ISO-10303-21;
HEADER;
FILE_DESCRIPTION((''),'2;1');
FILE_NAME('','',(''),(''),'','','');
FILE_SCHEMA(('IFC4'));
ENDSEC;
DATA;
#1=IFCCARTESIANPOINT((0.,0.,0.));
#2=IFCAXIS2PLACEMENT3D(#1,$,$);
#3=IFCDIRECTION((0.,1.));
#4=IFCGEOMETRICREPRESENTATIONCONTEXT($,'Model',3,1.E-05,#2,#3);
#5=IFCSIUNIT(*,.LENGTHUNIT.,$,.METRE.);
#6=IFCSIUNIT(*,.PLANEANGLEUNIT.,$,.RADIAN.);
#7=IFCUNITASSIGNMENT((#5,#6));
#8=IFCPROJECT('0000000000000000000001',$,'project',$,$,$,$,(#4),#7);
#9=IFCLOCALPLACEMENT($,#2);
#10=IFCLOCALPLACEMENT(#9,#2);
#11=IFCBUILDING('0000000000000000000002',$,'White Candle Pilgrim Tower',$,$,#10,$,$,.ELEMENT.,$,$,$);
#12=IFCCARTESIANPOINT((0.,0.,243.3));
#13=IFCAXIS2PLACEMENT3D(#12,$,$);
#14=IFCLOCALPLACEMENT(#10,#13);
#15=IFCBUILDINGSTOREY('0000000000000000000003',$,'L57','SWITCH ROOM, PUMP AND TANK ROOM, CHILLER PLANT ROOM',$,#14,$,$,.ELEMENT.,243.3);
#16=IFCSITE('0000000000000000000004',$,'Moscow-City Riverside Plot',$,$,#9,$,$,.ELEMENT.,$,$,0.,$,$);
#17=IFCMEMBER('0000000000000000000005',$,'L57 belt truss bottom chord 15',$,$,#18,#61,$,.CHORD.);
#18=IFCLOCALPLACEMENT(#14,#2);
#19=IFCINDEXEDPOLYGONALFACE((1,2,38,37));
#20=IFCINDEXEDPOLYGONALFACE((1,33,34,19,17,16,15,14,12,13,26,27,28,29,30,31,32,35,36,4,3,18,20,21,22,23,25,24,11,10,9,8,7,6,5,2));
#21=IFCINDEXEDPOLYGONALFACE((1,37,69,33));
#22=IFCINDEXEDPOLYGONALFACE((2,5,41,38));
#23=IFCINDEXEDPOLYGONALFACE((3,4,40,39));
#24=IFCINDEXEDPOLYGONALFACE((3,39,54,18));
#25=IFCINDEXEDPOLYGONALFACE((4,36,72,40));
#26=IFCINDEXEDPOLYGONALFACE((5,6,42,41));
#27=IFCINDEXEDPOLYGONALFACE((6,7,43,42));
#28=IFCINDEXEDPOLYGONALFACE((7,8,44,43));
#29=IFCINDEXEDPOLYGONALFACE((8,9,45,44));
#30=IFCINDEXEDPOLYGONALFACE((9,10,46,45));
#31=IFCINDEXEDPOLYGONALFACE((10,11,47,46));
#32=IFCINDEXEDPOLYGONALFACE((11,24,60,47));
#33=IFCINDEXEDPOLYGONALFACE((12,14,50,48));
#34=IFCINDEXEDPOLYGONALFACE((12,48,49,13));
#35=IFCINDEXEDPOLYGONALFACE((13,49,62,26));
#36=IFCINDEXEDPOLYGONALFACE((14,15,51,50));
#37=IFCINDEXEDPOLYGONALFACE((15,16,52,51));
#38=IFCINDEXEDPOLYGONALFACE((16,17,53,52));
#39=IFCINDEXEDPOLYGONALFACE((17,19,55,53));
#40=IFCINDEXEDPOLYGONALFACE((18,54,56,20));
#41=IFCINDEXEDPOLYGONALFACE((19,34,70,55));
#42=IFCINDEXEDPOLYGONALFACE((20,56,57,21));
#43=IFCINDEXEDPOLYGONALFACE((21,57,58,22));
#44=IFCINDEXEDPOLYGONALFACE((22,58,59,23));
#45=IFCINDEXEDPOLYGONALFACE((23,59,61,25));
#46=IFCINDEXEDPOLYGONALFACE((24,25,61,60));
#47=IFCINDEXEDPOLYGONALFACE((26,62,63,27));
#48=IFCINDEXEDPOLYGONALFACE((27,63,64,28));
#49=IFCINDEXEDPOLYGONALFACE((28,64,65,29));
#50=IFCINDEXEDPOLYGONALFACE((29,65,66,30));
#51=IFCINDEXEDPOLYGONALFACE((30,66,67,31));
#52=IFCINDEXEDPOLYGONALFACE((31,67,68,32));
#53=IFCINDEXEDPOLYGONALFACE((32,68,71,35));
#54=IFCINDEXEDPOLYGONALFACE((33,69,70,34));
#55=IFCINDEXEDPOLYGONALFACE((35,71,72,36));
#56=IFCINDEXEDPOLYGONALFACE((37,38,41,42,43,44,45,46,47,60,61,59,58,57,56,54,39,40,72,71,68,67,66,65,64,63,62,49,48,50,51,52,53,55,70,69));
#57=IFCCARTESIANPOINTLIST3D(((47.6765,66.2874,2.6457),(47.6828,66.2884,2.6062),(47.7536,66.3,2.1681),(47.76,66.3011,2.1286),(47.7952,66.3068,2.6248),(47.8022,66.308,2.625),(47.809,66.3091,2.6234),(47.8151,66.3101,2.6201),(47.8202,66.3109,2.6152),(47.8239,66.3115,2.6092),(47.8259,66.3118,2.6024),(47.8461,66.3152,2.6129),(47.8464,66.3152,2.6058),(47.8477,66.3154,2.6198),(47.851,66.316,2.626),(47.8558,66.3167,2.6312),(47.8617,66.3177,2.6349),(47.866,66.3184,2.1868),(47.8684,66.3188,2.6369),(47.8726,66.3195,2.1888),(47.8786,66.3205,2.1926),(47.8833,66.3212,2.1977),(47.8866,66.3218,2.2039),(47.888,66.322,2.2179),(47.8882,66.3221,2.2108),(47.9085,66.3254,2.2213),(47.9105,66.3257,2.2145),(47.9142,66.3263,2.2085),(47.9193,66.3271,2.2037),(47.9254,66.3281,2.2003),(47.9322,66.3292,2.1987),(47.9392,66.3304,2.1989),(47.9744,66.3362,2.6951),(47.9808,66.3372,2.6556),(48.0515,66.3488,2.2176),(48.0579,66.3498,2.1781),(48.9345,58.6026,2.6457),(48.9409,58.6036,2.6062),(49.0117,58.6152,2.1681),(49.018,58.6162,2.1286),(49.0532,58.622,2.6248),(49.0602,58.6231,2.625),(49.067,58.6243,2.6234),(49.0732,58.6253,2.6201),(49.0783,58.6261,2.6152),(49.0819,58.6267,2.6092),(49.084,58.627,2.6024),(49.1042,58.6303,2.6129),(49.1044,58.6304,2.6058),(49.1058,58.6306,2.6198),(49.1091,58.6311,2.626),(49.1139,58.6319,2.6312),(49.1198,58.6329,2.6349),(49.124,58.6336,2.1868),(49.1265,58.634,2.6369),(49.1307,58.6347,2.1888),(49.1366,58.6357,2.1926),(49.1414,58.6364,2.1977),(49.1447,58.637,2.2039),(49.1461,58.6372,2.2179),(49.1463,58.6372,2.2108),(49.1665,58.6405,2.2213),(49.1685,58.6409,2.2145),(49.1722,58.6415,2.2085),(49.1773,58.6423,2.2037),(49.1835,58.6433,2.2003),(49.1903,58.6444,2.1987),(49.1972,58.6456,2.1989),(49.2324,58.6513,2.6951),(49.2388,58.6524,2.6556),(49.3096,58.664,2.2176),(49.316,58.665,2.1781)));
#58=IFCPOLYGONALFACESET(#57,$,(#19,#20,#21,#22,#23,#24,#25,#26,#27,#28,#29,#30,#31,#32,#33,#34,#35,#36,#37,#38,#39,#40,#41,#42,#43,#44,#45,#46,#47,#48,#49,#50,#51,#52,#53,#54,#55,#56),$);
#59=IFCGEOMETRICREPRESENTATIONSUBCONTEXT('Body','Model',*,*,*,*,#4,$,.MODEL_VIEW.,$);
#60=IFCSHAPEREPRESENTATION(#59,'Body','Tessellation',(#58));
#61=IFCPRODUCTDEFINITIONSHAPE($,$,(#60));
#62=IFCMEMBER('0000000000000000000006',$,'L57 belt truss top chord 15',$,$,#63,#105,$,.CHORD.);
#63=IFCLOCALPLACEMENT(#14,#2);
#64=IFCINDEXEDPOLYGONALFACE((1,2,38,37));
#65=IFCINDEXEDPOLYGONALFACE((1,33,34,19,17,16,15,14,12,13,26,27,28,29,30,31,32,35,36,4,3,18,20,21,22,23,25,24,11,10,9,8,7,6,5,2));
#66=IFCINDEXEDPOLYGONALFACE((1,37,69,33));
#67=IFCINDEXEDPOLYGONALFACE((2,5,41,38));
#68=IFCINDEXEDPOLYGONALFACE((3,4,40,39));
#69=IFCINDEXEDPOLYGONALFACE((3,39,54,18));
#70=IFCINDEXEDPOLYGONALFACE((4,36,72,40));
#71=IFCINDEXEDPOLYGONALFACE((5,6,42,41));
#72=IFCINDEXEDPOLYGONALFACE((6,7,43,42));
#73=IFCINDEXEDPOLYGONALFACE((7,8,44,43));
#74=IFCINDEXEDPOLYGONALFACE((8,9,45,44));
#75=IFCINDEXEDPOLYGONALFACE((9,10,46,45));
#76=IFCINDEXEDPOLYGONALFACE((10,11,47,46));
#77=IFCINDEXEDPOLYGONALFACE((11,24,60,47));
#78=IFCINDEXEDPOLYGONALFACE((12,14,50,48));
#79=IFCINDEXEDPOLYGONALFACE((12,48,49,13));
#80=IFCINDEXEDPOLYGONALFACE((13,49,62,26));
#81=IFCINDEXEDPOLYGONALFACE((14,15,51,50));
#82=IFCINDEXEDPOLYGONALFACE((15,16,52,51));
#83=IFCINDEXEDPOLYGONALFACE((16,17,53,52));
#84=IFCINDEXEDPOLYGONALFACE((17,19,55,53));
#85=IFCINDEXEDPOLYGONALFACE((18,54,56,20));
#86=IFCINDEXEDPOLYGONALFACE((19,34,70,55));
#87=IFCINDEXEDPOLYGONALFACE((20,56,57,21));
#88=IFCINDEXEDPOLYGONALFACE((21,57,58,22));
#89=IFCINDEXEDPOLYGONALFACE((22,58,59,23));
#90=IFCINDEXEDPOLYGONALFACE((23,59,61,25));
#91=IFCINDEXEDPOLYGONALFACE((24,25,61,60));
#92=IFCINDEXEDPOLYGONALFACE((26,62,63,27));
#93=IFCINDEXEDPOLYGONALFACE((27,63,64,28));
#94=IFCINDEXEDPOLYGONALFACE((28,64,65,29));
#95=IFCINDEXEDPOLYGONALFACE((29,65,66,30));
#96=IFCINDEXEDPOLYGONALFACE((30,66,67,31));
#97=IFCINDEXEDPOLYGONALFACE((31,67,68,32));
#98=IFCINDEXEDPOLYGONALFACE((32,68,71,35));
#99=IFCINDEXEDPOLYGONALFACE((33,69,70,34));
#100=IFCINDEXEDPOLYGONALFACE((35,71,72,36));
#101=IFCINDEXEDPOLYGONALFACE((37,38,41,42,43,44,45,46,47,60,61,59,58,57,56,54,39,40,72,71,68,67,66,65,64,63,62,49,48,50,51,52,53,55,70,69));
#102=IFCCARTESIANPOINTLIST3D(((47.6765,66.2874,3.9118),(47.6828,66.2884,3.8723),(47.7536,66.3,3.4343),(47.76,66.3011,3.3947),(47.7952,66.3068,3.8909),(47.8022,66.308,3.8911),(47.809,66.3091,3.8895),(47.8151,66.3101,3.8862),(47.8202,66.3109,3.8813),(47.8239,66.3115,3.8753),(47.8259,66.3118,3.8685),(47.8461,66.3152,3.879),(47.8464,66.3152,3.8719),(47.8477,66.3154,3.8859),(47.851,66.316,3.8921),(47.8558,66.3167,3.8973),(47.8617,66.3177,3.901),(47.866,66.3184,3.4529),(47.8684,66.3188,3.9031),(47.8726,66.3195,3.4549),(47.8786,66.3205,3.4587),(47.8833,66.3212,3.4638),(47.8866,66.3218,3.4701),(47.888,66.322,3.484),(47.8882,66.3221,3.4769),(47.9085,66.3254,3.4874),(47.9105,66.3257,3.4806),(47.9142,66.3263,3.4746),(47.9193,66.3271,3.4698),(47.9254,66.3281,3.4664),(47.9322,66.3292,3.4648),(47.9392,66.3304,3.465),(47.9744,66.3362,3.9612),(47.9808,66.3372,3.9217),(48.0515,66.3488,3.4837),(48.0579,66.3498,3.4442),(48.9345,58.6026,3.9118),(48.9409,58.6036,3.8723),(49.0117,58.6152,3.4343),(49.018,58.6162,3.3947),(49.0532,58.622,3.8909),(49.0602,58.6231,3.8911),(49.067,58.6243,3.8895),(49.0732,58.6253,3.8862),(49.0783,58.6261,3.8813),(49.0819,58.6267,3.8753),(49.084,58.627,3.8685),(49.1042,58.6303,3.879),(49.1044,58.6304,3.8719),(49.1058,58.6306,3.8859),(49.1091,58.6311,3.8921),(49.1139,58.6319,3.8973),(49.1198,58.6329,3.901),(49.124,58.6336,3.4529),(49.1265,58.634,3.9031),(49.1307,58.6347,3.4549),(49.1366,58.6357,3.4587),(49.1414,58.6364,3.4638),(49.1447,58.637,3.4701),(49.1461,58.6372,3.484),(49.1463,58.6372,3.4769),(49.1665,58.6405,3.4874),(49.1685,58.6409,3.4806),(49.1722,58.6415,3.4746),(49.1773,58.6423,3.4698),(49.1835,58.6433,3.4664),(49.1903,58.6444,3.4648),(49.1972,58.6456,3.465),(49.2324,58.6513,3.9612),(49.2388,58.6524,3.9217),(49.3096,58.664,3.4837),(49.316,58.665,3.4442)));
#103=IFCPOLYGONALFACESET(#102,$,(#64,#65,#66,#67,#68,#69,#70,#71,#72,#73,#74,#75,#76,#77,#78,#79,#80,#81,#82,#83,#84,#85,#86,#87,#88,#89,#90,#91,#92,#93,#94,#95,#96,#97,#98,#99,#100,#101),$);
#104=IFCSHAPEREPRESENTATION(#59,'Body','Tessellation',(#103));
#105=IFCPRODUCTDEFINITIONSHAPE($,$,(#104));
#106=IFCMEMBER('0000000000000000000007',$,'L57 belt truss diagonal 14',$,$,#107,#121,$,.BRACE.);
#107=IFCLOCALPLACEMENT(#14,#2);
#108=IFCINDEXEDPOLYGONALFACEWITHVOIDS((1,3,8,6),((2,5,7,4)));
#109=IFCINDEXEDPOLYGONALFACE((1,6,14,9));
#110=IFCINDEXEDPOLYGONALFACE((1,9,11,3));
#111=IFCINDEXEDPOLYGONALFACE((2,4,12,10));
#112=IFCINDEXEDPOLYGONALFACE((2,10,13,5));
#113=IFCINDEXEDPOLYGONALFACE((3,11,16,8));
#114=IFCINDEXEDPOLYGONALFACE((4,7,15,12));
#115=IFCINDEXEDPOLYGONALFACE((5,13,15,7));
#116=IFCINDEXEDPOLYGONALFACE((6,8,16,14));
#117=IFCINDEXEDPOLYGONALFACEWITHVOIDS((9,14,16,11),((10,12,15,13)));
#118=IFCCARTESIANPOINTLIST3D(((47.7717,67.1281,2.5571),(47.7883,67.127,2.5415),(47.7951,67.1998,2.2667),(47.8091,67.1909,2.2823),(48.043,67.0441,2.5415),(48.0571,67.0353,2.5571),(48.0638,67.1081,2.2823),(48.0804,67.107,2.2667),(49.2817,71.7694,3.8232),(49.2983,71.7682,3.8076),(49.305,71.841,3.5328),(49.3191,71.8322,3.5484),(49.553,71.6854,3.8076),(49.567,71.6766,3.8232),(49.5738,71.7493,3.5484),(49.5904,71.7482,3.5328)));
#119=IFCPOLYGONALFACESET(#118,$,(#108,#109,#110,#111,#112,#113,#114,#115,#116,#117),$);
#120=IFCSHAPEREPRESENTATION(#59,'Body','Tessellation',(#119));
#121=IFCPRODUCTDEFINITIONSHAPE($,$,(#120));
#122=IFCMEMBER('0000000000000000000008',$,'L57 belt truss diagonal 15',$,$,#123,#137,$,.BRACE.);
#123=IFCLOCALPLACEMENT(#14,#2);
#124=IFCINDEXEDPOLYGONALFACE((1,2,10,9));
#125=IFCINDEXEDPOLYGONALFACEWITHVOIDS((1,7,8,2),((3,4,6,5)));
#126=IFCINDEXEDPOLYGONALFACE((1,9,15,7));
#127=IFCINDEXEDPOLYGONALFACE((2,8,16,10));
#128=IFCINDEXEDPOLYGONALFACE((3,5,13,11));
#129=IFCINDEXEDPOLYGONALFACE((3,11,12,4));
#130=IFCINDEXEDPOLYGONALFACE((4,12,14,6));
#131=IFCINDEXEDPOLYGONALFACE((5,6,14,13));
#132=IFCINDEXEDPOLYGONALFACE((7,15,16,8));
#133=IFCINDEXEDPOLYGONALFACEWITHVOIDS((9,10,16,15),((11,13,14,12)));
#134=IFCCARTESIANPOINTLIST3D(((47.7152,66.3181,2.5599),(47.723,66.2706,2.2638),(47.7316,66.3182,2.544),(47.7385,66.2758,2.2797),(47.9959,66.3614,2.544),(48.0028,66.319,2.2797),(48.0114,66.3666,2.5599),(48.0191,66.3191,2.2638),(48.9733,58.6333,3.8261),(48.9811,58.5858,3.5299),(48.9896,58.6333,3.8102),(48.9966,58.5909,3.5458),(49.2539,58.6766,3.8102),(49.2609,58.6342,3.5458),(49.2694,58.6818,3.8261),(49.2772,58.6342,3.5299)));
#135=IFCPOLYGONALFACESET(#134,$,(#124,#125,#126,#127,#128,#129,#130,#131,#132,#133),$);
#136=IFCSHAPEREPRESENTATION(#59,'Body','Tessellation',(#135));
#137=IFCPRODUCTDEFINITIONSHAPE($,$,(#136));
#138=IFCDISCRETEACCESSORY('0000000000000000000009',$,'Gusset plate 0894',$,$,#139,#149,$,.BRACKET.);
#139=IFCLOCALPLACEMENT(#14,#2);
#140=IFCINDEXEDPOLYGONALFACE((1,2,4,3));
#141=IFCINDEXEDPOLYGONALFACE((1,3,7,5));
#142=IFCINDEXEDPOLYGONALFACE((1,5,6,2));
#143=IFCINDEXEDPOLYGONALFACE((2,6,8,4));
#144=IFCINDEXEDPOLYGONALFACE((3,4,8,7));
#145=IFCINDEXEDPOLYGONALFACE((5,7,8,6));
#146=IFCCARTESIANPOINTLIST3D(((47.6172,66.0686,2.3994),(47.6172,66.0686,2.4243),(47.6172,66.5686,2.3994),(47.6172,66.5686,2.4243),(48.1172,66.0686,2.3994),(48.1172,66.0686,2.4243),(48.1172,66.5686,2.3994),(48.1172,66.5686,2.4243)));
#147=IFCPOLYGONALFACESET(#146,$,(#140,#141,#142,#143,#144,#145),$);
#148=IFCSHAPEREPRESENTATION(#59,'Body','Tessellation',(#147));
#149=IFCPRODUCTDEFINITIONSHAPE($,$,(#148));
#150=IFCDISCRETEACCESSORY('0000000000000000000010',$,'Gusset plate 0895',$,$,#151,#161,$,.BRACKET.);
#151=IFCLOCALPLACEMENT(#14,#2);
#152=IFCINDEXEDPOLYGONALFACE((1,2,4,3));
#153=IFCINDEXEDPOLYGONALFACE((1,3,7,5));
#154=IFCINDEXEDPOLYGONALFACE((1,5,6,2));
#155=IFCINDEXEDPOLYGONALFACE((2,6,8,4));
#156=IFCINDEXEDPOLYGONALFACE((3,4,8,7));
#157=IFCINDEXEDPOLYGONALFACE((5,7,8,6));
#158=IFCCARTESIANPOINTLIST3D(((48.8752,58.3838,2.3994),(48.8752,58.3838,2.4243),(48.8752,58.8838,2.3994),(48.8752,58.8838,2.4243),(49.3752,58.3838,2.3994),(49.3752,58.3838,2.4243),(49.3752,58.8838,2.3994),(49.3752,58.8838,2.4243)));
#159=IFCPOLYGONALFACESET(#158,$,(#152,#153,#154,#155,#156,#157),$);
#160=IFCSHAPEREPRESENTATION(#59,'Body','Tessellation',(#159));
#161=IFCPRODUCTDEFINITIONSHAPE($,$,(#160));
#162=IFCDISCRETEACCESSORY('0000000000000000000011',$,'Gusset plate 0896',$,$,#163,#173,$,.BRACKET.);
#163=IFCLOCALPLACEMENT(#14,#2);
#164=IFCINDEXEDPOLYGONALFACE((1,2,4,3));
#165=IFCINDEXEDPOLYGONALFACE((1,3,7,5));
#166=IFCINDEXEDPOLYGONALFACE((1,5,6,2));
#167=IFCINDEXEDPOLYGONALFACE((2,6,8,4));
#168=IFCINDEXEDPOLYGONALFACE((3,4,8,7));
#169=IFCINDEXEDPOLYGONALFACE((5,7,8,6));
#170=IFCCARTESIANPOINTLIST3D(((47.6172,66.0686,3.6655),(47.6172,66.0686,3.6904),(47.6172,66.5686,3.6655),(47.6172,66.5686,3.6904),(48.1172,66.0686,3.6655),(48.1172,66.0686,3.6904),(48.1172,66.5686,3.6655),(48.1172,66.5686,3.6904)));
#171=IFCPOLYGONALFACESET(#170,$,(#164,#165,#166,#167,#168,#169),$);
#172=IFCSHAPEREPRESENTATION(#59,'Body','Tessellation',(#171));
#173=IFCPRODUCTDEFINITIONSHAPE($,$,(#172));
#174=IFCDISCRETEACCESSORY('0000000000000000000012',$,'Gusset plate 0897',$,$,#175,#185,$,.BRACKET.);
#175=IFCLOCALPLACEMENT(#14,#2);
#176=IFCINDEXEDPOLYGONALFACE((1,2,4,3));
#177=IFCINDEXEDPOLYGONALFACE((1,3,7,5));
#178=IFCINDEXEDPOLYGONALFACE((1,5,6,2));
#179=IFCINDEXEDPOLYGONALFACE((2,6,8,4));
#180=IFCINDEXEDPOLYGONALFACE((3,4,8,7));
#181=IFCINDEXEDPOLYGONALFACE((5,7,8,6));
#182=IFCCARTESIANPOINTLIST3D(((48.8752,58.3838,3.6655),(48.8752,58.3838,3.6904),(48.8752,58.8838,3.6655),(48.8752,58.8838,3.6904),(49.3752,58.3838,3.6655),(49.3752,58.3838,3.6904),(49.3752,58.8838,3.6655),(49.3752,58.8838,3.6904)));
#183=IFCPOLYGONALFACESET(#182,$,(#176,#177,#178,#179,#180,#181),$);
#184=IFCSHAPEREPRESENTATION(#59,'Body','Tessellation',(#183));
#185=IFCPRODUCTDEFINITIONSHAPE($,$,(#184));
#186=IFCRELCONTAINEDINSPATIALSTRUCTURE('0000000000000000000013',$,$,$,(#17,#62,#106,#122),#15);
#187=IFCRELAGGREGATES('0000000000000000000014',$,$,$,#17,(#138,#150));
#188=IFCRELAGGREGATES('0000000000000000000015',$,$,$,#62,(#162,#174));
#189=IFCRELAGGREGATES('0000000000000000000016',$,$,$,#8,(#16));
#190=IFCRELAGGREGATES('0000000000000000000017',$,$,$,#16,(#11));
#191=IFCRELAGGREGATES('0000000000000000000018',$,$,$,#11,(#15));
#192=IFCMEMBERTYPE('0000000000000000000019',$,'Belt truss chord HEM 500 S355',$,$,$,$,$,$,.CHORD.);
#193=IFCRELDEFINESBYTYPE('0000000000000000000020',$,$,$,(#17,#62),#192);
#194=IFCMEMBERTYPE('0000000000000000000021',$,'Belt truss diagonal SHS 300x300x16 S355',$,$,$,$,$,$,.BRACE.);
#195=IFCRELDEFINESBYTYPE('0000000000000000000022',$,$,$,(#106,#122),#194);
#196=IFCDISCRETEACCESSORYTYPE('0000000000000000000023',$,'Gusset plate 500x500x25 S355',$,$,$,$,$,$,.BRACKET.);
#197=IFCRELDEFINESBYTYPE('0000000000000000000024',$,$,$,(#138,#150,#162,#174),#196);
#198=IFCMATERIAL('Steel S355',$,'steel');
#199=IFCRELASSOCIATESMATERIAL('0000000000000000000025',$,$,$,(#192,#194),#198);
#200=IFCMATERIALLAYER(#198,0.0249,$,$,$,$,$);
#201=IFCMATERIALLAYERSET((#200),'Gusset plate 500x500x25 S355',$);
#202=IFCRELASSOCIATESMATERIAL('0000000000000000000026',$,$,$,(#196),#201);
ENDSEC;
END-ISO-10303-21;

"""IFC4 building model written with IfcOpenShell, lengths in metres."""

from ifc_helpers import new_model, si_unit, direction, frame, origin, origin_2d, place, context, subcontext, project, spatial, rectangle, hollow_rectangle, i_section, extrude, material, layer, layer_set, material_profile, profile_set, type_object, element, aggregate, save


model = new_model("IFC4")

# Units and contexts
model_context = context("Model", 3, precision=1e-05, world=origin(), true_north=direction((0.0, 1.0)))
body_context = subcontext(model_context, "Body", "Model", "MODEL_VIEW")
ifc_project = project(units=[si_unit("LENGTHUNIT", "METRE"), si_unit("PLANEANGLEUNIT", "RADIAN")], contexts=[model_context])

# Site, building, storey
site_placement = place(None, origin())
site = spatial("IfcSite", under=ifc_project, at=site_placement, Name="Moscow-City Riverside Plot", CompositionType="ELEMENT", RefElevation=0.0)
building_placement = place(site_placement, origin())
building = spatial("IfcBuilding", under=site, at=building_placement, Name="White Candle Pilgrim Tower", CompositionType="ELEMENT")
storey_placement = place(building_placement, frame((0.0, 0.0, 243.3)))
storey = spatial("IfcBuildingStorey", under=building, at=storey_placement, Name="L57", Description="SWITCH ROOM, PUMP AND TANK ROOM, CHILLER PLANT ROOM", CompositionType="ELEMENT", Elevation=243.3)

# Members
ifc_material_1 = material(Name="Steel S355", Category="steel")
ifc_material_profile_1 = material_profile(ifc_material_1, i_section(OverallWidth=0.3059, OverallDepth=0.5239, WebThickness=0.021, FlangeThickness=0.04, FilletRadius=0.0271, at=origin_2d()), Name="HEM 500")
ifc_profile_set_1 = profile_set([ifc_material_profile_1], Name="Steel S355")
member_type_1 = type_object("IfcMemberType", Name="Belt truss chord HEM 500 S355", PredefinedType="CHORD", material=ifc_profile_set_1)
member_1_placement = place(storey_placement, frame((47.8672, 66.3186, 2.4119), z_axis=(0.161556, -0.986863, 0.0), x_axis=(0.973901, 0.159434, 0.161545)))
member_1 = element("IfcMember", 1, at=member_1_placement, inside=storey, type_object=member_type_1, Name="L57 belt truss bottom chord 15", PredefinedType="CHORD", context=body_context, shape_type="SweptSolid", body=[
    extrude(i_section(OverallWidth=0.3059, OverallDepth=0.5239, WebThickness=0.021, FlangeThickness=0.04, FilletRadius=0.0271, at=origin_2d()), origin(), (0.0, 0.0, 1.0), 7.7871),
])
member_2_placement = place(storey_placement, frame((47.8672, 66.3186, 3.678), z_axis=(0.161556, -0.986863, 0.0), x_axis=(0.973901, 0.159434, 0.161545)))
member_2 = element("IfcMember", 2, at=member_2_placement, inside=storey, type_object=member_type_1, Name="L57 belt truss top chord 15", PredefinedType="CHORD", context=body_context, shape_type="SweptSolid", body=[
    extrude(i_section(OverallWidth=0.3059, OverallDepth=0.5239, WebThickness=0.021, FlangeThickness=0.04, FilletRadius=0.0271, at=origin_2d()), origin(), (0.0, 0.0, 1.0), 7.7871),
])

# Members
ifc_material_profile_2 = material_profile(ifc_material_1, hollow_rectangle(XDim=0.3, YDim=0.3, WallThickness=0.0161, at=origin_2d()), Name="SHS 300x300x16")
ifc_profile_set_2 = profile_set([ifc_material_profile_2], Name="Steel S355")
member_type_2 = type_object("IfcMemberType", Name="Belt truss diagonal SHS 300x300x16 S355", PredefinedType="BRACE", material=ifc_profile_set_2)
member_3_placement = place(storey_placement, frame((49.436, 71.7588, 3.678), z_axis=(-0.299465, -0.920474, -0.251095), x_axis=(0.95094, -0.309377, 0.0)))
element("IfcMember", 3, at=member_3_placement, inside=storey, type_object=member_type_2, Name="L57 belt truss diagonal 14", PredefinedType="BRACE", context=body_context, shape_type="SweptSolid", body=[
    extrude(hollow_rectangle(XDim=0.3, YDim=0.3, WallThickness=0.0161, at=origin_2d()), origin(), (0.0, 0.0, 1.0), 5.0422),
])
member_4_placement = place(storey_placement, frame((47.8672, 66.3186, 2.4119), z_axis=(0.159462, -0.974072, 0.160483), x_axis=(0.986863, 0.161556, 0.0)))
element("IfcMember", 4, at=member_4_placement, inside=storey, type_object=member_type_2, Name="L57 belt truss diagonal 15", PredefinedType="BRACE", context=body_context, shape_type="SweptSolid", body=[
    extrude(hollow_rectangle(XDim=0.3, YDim=0.3, WallThickness=0.0161, at=origin_2d()), origin(), (0.0, 0.0, 1.0), 7.8894),
])

# Discrete accessories
ifc_layer_1 = layer(ifc_material_1, 0.0249)
ifc_layer_set_1 = layer_set([ifc_layer_1], Name="Gusset plate 500x500x25 S355")
discrete_accessory_type = type_object("IfcDiscreteAccessoryType", Name="Gusset plate 500x500x25 S355", PredefinedType="BRACKET", material=ifc_layer_set_1)
discrete_accessory_1_placement = place(storey_placement, frame((47.8672, 66.3186, 2.3994), z_axis=(0.0, 0.0, 1.0), x_axis=(1.0, 0.0, 0.0)))
discrete_accessory_1 = element("IfcDiscreteAccessory", 5, at=discrete_accessory_1_placement, type_object=discrete_accessory_type, Name="Gusset plate 0894", PredefinedType="BRACKET", context=body_context, shape_type="SweptSolid", body=[
    extrude(rectangle(XDim=0.5, YDim=0.5, at=origin_2d()), origin(), (0.0, 0.0, 1.0), 0.0249),
])
discrete_accessory_2_placement = place(storey_placement, frame((49.1252, 58.6338, 2.3994), z_axis=(0.0, 0.0, 1.0), x_axis=(1.0, 0.0, 0.0)))
discrete_accessory_2 = element("IfcDiscreteAccessory", 6, at=discrete_accessory_2_placement, type_object=discrete_accessory_type, Name="Gusset plate 0895", PredefinedType="BRACKET", context=body_context, shape_type="SweptSolid", body=[
    extrude(rectangle(XDim=0.5, YDim=0.5, at=origin_2d()), origin(), (0.0, 0.0, 1.0), 0.0249),
])
aggregate(member_1, [discrete_accessory_1, discrete_accessory_2])
discrete_accessory_3_placement = place(storey_placement, frame((47.8672, 66.3186, 3.6655), z_axis=(0.0, 0.0, 1.0), x_axis=(1.0, 0.0, 0.0)))
discrete_accessory_3 = element("IfcDiscreteAccessory", 7, at=discrete_accessory_3_placement, type_object=discrete_accessory_type, Name="Gusset plate 0896", PredefinedType="BRACKET", context=body_context, shape_type="SweptSolid", body=[
    extrude(rectangle(XDim=0.5, YDim=0.5, at=origin_2d()), origin(), (0.0, 0.0, 1.0), 0.0249),
])
discrete_accessory_4_placement = place(storey_placement, frame((49.1252, 58.6338, 3.6655), z_axis=(0.0, 0.0, 1.0), x_axis=(1.0, 0.0, 0.0)))
discrete_accessory_4 = element("IfcDiscreteAccessory", 8, at=discrete_accessory_4_placement, type_object=discrete_accessory_type, Name="Gusset plate 0897", PredefinedType="BRACKET", context=body_context, shape_type="SweptSolid", body=[
    extrude(rectangle(XDim=0.5, YDim=0.5, at=origin_2d()), origin(), (0.0, 0.0, 1.0), 0.0249),
])
aggregate(member_2, [discrete_accessory_3, discrete_accessory_4])

save(model, "model.ifc")
